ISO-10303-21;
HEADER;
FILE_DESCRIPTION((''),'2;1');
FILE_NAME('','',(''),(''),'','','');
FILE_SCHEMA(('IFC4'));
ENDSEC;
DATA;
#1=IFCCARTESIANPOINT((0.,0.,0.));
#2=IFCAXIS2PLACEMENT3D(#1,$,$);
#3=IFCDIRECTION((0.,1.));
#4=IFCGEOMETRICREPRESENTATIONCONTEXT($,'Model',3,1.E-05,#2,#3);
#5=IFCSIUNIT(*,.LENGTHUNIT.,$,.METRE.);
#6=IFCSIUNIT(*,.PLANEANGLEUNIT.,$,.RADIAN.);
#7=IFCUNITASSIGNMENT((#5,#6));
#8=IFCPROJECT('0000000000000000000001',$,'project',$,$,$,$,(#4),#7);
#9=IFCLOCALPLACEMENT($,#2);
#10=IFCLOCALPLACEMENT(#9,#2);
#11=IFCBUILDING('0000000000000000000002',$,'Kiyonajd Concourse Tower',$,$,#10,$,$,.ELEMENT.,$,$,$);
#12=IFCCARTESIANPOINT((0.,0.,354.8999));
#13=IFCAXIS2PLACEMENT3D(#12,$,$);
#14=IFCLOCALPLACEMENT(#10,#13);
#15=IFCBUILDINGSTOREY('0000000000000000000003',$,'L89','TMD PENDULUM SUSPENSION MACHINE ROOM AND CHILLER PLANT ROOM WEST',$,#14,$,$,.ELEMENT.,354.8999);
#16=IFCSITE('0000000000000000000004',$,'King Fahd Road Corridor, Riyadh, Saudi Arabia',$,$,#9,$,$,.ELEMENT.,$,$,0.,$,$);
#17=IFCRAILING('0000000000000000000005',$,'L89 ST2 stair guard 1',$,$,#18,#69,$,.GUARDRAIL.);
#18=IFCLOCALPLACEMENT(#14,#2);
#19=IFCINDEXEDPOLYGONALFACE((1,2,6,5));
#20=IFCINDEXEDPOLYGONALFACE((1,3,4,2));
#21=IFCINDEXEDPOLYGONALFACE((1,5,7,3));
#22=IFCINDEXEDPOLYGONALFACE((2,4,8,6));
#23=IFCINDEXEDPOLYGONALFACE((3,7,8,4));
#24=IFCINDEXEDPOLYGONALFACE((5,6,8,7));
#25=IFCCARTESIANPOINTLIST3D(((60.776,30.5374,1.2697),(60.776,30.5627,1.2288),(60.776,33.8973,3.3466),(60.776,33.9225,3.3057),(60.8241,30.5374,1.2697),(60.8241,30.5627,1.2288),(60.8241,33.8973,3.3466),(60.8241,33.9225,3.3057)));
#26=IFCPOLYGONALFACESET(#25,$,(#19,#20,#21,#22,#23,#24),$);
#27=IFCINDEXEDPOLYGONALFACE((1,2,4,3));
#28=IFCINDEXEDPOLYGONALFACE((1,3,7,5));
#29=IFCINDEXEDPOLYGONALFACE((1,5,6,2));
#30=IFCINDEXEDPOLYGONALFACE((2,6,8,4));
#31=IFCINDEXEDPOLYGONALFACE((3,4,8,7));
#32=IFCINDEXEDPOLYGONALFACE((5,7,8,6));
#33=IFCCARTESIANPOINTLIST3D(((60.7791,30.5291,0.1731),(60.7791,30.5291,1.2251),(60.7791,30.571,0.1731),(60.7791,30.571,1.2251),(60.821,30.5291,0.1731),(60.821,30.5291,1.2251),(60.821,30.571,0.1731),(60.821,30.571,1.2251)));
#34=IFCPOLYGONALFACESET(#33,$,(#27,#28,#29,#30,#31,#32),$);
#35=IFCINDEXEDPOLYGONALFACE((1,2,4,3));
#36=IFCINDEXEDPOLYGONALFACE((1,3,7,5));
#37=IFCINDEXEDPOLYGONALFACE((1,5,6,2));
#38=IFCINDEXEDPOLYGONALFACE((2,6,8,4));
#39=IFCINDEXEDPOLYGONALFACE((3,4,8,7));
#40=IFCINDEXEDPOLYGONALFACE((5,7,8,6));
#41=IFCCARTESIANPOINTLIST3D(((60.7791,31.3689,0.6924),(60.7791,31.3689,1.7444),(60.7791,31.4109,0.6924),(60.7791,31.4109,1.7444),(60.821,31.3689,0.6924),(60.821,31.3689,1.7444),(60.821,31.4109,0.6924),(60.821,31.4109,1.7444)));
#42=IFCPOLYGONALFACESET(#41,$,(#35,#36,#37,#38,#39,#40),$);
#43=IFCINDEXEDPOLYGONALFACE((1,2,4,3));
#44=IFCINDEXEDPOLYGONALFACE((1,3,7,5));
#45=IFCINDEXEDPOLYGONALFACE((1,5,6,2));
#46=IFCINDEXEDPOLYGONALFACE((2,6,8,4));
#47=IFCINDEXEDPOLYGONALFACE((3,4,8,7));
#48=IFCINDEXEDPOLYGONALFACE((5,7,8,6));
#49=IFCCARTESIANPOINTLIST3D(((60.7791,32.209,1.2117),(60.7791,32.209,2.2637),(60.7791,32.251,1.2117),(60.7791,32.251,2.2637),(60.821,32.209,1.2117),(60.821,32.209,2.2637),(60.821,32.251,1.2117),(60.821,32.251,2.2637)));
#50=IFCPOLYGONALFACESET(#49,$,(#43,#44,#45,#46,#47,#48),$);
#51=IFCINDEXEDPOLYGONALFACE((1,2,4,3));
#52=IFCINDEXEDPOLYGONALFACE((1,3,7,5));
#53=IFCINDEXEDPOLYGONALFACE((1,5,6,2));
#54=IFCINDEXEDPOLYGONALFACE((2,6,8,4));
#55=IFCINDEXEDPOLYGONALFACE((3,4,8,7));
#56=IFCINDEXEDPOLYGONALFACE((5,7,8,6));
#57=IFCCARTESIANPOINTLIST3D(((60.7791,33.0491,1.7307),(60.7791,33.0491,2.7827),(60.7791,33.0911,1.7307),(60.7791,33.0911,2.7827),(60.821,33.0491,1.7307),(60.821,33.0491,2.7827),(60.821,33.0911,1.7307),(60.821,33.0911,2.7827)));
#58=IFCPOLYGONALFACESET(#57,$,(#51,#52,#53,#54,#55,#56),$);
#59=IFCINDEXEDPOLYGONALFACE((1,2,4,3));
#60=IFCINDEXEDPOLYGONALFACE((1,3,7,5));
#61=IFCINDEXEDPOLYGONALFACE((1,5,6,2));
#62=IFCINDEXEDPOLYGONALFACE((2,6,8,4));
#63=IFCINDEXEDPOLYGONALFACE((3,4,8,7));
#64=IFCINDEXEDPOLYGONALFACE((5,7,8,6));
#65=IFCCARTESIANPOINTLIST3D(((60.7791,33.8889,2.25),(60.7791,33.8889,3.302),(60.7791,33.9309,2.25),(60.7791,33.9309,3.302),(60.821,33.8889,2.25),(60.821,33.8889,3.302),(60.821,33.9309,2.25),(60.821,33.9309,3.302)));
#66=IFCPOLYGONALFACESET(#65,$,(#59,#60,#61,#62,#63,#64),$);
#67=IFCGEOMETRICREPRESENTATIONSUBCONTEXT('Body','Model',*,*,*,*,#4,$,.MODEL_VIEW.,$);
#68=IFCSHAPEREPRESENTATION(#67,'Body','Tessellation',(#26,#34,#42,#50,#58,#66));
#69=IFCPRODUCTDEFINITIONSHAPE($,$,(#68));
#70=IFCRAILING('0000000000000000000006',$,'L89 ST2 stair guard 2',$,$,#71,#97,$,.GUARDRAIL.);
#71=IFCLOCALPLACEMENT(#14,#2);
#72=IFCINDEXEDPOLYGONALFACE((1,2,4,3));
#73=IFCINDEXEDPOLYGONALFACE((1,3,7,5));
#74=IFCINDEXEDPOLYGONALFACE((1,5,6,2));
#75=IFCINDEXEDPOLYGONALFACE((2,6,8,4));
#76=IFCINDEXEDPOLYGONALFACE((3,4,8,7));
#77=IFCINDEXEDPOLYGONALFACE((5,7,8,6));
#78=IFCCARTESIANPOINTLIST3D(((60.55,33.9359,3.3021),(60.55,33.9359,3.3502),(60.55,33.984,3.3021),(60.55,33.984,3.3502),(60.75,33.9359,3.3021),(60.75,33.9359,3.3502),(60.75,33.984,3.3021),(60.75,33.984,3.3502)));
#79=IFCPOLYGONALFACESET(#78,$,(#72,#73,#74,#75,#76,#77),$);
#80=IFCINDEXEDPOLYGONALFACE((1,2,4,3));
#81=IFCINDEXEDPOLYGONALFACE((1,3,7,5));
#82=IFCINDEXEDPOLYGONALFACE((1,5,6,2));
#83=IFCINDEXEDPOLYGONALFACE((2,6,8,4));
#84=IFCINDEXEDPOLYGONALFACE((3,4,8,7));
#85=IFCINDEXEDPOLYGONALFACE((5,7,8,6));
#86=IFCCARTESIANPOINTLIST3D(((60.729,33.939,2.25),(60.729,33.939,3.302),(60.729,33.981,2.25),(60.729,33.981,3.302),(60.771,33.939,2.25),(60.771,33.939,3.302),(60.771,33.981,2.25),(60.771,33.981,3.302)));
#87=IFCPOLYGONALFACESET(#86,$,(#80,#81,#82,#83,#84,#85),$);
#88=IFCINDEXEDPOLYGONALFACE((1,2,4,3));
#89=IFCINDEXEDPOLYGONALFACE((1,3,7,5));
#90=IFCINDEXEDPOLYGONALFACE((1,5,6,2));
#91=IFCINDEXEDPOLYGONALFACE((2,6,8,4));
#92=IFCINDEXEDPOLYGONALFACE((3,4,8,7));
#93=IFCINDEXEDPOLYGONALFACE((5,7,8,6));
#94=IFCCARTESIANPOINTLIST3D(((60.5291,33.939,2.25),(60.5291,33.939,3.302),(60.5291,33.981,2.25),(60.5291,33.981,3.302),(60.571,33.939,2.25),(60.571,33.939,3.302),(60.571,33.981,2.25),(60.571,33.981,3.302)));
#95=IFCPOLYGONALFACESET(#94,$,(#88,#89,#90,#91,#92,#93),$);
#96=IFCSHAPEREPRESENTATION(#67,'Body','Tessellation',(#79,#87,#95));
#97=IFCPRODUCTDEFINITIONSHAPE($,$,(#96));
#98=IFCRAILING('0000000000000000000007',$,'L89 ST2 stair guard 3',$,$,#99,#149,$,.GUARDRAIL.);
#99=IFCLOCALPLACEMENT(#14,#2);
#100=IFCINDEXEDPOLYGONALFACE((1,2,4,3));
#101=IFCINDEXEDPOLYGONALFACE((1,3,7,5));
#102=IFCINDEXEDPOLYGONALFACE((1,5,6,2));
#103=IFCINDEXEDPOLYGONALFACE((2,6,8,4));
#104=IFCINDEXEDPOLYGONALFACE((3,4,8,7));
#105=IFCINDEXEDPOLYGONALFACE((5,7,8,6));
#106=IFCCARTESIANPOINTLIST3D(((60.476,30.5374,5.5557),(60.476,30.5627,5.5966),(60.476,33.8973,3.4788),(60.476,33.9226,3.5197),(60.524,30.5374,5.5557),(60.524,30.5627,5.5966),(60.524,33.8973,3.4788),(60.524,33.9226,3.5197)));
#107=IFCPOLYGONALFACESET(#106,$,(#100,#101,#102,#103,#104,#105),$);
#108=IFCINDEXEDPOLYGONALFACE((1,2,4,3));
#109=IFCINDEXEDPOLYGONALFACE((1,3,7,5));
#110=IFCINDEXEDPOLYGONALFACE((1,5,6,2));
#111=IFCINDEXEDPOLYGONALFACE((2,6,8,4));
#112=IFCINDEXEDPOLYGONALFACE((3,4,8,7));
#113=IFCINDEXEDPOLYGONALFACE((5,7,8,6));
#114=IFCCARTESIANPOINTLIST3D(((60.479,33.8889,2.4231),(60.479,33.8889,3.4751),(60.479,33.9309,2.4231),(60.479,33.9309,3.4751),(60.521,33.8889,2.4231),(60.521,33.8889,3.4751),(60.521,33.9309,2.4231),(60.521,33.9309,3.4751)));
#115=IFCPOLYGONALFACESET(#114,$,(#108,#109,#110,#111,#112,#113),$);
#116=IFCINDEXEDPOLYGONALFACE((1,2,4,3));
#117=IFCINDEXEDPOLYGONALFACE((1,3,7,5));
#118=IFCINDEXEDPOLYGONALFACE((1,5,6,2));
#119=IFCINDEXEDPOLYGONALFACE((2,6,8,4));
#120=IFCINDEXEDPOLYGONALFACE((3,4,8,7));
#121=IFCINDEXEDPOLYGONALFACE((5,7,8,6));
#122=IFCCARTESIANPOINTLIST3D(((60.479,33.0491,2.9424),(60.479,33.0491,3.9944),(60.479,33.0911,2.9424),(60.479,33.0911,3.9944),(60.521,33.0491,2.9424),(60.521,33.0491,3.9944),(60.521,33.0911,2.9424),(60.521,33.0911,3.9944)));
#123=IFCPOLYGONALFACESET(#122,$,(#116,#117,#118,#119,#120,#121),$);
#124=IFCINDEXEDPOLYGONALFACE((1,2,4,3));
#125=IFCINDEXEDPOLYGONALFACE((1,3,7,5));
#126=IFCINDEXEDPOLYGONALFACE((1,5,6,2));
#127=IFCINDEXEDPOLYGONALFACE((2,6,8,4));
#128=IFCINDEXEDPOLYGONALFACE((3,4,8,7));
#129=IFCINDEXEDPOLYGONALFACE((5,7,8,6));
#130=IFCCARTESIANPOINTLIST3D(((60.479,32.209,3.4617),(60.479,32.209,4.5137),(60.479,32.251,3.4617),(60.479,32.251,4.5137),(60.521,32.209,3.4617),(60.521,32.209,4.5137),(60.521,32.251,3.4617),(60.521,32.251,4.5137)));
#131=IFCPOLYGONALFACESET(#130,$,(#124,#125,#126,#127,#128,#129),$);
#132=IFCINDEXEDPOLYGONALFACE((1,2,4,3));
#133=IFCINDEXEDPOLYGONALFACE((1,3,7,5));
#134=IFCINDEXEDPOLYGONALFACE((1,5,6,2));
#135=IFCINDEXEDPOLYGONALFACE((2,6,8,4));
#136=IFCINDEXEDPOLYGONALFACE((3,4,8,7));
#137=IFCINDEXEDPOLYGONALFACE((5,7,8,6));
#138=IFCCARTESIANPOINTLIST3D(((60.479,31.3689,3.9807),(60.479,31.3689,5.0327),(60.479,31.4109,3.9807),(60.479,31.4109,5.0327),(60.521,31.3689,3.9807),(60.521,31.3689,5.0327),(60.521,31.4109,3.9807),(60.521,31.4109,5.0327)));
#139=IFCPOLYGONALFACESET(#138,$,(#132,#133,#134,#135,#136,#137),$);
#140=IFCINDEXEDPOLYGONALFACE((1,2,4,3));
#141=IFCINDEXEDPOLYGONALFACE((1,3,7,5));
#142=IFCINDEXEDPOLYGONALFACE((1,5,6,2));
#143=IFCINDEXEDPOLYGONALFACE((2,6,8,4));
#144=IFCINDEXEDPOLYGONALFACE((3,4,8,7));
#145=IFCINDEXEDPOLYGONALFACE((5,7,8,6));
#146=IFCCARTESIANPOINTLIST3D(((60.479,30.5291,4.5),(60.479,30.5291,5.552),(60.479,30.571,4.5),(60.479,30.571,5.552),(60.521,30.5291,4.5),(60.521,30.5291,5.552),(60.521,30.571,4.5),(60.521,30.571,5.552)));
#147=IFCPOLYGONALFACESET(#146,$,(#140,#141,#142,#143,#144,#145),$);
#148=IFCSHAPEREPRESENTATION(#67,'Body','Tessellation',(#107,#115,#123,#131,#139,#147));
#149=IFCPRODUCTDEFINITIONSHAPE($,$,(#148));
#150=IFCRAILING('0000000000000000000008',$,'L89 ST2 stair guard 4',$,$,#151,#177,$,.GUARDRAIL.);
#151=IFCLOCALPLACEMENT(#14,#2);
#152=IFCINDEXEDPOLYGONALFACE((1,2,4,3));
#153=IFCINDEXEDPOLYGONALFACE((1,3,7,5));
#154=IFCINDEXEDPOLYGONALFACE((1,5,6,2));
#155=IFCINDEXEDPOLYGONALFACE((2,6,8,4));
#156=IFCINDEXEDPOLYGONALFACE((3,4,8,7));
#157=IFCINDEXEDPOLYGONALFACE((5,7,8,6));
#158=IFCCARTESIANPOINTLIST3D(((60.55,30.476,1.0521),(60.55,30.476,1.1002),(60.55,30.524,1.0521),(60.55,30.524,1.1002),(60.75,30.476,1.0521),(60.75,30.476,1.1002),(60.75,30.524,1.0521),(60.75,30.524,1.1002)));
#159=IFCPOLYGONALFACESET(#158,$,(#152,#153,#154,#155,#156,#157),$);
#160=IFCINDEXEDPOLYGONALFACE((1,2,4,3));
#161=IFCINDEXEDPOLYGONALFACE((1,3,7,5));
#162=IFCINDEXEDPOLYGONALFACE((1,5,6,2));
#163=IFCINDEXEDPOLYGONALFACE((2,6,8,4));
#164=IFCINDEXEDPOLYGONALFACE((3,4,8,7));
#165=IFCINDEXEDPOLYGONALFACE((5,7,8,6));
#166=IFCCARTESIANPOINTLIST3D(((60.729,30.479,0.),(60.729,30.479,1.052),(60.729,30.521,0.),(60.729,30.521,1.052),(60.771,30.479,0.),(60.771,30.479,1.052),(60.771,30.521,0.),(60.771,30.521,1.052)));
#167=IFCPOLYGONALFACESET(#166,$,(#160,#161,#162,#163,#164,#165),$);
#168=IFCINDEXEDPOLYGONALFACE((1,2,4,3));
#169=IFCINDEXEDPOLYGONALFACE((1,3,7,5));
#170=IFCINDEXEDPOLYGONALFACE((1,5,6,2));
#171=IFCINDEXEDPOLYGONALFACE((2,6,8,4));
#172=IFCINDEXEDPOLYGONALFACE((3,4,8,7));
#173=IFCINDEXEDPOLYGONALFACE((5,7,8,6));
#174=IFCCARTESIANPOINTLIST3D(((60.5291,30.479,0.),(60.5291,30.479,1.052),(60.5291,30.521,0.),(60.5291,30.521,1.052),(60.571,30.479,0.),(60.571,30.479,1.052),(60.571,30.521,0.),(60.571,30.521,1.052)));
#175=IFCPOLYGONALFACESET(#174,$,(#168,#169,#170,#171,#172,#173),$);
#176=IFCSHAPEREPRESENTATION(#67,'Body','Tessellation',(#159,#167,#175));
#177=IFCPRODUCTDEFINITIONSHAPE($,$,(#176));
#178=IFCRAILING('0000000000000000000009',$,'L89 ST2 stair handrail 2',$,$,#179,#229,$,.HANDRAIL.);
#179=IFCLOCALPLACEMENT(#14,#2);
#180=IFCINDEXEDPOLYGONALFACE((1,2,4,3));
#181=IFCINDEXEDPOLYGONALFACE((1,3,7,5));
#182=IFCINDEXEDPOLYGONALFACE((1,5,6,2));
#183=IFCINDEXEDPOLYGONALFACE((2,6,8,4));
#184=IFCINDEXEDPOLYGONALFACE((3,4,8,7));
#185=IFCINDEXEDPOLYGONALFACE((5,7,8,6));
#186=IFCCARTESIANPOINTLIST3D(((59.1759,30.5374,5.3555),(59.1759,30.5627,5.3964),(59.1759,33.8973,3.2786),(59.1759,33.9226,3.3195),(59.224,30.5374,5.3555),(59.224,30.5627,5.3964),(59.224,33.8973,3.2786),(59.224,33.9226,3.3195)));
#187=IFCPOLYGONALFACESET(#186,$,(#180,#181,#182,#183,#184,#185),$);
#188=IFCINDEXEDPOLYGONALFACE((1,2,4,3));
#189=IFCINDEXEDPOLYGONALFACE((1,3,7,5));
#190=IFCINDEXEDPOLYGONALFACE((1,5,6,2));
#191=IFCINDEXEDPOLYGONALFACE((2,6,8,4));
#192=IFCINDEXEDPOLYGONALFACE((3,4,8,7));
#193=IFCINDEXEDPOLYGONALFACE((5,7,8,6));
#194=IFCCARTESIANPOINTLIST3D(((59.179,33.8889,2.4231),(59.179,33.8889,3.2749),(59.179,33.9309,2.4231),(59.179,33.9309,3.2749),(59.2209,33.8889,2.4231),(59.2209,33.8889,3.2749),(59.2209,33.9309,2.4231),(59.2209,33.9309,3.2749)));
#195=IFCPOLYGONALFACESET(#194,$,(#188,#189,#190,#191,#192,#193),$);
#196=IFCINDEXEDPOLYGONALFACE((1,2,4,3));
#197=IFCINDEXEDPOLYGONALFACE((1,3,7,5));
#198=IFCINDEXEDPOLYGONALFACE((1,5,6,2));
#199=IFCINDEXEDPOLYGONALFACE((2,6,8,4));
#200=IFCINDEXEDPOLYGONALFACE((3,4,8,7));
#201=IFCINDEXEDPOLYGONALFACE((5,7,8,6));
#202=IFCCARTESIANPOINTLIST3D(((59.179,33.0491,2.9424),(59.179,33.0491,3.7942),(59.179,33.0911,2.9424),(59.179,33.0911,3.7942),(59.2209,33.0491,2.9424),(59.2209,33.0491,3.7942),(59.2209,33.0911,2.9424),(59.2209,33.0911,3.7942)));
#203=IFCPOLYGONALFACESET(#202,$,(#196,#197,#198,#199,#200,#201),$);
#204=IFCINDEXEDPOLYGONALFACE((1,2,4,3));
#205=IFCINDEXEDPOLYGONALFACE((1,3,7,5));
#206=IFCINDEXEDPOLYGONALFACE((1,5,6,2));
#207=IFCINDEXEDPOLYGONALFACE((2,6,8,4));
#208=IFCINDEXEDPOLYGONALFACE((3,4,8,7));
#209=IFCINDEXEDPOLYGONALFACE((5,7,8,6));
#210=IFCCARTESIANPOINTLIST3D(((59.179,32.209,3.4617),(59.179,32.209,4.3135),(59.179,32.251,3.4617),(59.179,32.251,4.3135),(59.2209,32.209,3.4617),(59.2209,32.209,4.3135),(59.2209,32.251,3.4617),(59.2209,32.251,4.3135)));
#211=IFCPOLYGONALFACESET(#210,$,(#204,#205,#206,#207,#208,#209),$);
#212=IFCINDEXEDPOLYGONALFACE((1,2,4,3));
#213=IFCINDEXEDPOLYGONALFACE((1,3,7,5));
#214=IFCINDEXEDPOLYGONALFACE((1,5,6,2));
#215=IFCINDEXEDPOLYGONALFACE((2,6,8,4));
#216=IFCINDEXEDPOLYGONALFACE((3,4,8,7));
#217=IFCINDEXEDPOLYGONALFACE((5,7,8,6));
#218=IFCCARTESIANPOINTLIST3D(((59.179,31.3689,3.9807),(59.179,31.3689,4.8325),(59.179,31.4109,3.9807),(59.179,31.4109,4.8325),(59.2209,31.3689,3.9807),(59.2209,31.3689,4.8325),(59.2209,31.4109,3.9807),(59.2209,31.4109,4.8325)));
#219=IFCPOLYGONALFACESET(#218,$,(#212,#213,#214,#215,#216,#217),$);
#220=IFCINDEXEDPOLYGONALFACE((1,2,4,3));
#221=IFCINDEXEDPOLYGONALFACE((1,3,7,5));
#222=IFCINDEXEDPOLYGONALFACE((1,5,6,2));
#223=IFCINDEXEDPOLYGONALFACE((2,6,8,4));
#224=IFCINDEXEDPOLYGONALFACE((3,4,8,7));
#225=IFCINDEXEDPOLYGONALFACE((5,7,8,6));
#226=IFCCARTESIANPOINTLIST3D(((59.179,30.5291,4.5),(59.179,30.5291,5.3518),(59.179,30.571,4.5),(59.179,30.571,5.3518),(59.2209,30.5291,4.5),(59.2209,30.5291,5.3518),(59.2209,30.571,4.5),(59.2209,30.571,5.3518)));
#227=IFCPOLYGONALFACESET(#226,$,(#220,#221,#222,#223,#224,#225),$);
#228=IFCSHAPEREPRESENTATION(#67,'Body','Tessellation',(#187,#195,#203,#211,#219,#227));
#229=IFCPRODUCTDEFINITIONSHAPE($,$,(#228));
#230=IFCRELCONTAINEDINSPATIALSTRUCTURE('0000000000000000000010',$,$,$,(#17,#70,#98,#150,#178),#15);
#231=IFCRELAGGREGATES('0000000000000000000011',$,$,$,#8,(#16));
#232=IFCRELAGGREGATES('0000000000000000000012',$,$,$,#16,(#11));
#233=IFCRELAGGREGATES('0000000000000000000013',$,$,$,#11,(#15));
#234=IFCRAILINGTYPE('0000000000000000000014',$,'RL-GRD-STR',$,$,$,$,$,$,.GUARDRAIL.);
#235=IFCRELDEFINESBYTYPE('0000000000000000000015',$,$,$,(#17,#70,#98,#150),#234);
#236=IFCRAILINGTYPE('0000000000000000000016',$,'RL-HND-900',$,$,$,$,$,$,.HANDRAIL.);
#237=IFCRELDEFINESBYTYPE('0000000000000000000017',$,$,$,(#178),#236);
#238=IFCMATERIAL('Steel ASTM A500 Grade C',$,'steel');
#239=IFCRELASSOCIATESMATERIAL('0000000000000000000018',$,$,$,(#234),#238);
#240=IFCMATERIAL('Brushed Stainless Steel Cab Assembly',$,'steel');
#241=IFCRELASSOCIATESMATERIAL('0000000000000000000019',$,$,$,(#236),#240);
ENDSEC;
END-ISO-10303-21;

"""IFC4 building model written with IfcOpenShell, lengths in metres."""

from ifc_helpers import new_model, si_unit, direction, frame, origin, origin_2d, place, context, subcontext, project, spatial, rectangle, extrude, material, type_object, element, save


model = new_model("IFC4")

# Units and contexts
model_context = context("Model", 3, precision=1e-05, world=origin(), true_north=direction((0.0, 1.0)))
body_context = subcontext(model_context, "Body", "Model", "MODEL_VIEW")
ifc_project = project(units=[si_unit("LENGTHUNIT", "METRE"), si_unit("PLANEANGLEUNIT", "RADIAN")], contexts=[model_context])

# Site, building, storey
site_placement = place(None, origin())
site = spatial("IfcSite", under=ifc_project, at=site_placement, Name="King Fahd Road Corridor, Riyadh, Saudi Arabia", CompositionType="ELEMENT", RefElevation=0.0)
building_placement = place(site_placement, origin())
building = spatial("IfcBuilding", under=site, at=building_placement, Name="Kiyonajd Concourse Tower", CompositionType="ELEMENT")
storey_placement = place(building_placement, frame((0.0, 0.0, 354.8999)))
storey = spatial("IfcBuildingStorey", under=building, at=storey_placement, Name="L89", Description="TMD PENDULUM SUSPENSION MACHINE ROOM AND CHILLER PLANT ROOM WEST", CompositionType="ELEMENT", Elevation=354.8999)

# Shared definitions
ifc_material_1 = material(Name="Brushed Stainless Steel Cab Assembly", Category="steel")

# Railings
ifc_material_2 = material(Name="Steel ASTM A500 Grade C", Category="steel")
railing_type_1 = type_object("IfcRailingType", Name="RL-GRD-STR", PredefinedType="GUARDRAIL", material=ifc_material_2)
railing_1_placement = place(storey_placement, frame((60.8, 30.55, 0.1731)))
element("IfcRailing", 1, at=railing_1_placement, inside=storey, type_object=railing_type_1, Name="L89 ST2 stair guard 1", PredefinedType="GUARDRAIL", context=body_context, shape_type="SweptSolid", body=[
    extrude(rectangle(XDim=0.0481, YDim=0.0481, at=origin_2d()), frame((0.0, 0.0, 1.0762), z_axis=(0.0, 0.850606, 0.525803), x_axis=(-1.0, 0.0, 0.0)), (0.0, 0.0, 1.0), 3.95),
    extrude(rectangle(XDim=0.042, YDim=0.042, at=origin_2d()), origin(), (0.0, 0.0, 1.0), 1.052),
    extrude(rectangle(XDim=0.042, YDim=0.042, at=origin_2d()), frame((0.0, 0.8398, 0.5193)), (0.0, 0.0, 1.0), 1.052),
    extrude(rectangle(XDim=0.042, YDim=0.042, at=origin_2d()), frame((0.0, 1.6799, 1.0386)), (0.0, 0.0, 1.0), 1.052),
    extrude(rectangle(XDim=0.042, YDim=0.042, at=origin_2d()), frame((0.0, 2.52, 1.5576)), (0.0, 0.0, 1.0), 1.052),
    extrude(rectangle(XDim=0.042, YDim=0.042, at=origin_2d()), frame((0.0, 3.3599, 2.0769)), (0.0, 0.0, 1.0), 1.052),
])
railing_2_placement = place(storey_placement, frame((60.75, 33.96, 2.25)))
element("IfcRailing", 2, at=railing_2_placement, inside=storey, type_object=railing_type_1, Name="L89 ST2 stair guard 2", PredefinedType="GUARDRAIL", context=body_context, shape_type="SweptSolid", body=[
    extrude(rectangle(XDim=0.0481, YDim=0.0481, at=origin_2d()), frame((0.0, 0.0, 1.0762), z_axis=(-1.0, 0.0, 0.0), x_axis=(0.0, -1.0, 0.0)), (0.0, 0.0, 1.0), 0.2),
    extrude(rectangle(XDim=0.042, YDim=0.042, at=origin_2d()), origin(), (0.0, 0.0, 1.0), 1.052),
    extrude(rectangle(XDim=0.042, YDim=0.042, at=origin_2d()), frame((-0.2, 0.0, 0.0)), (0.0, 0.0, 1.0), 1.052),
])
railing_3_placement = place(storey_placement, frame((60.5, 33.9099, 2.4231)))
element("IfcRailing", 3, at=railing_3_placement, inside=storey, type_object=railing_type_1, Name="L89 ST2 stair guard 3", PredefinedType="GUARDRAIL", context=body_context, shape_type="SweptSolid", body=[
    extrude(rectangle(XDim=0.0481, YDim=0.0481, at=origin_2d()), frame((0.0, 0.0, 1.0762), z_axis=(0.0, -0.850606, 0.525803), x_axis=(1.0, 0.0, 0.0)), (0.0, 0.0, 1.0), 3.95),
    extrude(rectangle(XDim=0.042, YDim=0.042, at=origin_2d()), origin(), (0.0, 0.0, 1.0), 1.052),
    extrude(rectangle(XDim=0.042, YDim=0.042, at=origin_2d()), frame((0.0, -0.8398, 0.5193)), (0.0, 0.0, 1.0), 1.052),
    extrude(rectangle(XDim=0.042, YDim=0.042, at=origin_2d()), frame((0.0, -1.6799, 1.0386)), (0.0, 0.0, 1.0), 1.052),
    extrude(rectangle(XDim=0.042, YDim=0.042, at=origin_2d()), frame((0.0, -2.52, 1.5576)), (0.0, 0.0, 1.0), 1.052),
    extrude(rectangle(XDim=0.042, YDim=0.042, at=origin_2d()), frame((0.0, -3.3599, 2.0769)), (0.0, 0.0, 1.0), 1.052),
])
railing_4_placement = place(storey_placement, frame((60.75, 30.5, 0.0)))
element("IfcRailing", 4, at=railing_4_placement, inside=storey, type_object=railing_type_1, Name="L89 ST2 stair guard 4", PredefinedType="GUARDRAIL", context=body_context, shape_type="SweptSolid", body=[
    extrude(rectangle(XDim=0.0481, YDim=0.0481, at=origin_2d()), frame((0.0, 0.0, 1.0762), z_axis=(-1.0, 0.0, 0.0), x_axis=(0.0, -1.0, 0.0)), (0.0, 0.0, 1.0), 0.2),
    extrude(rectangle(XDim=0.042, YDim=0.042, at=origin_2d()), origin(), (0.0, 0.0, 1.0), 1.052),
    extrude(rectangle(XDim=0.042, YDim=0.042, at=origin_2d()), frame((-0.2, 0.0, 0.0)), (0.0, 0.0, 1.0), 1.052),
])
railing_type_2 = type_object("IfcRailingType", Name="RL-HND-900", PredefinedType="HANDRAIL", material=ifc_material_1)
railing_5_placement = place(storey_placement, frame((59.2, 33.9099, 2.4231)))
element("IfcRailing", 5, at=railing_5_placement, inside=storey, type_object=railing_type_2, Name="L89 ST2 stair handrail 2", PredefinedType="HANDRAIL", context=body_context, shape_type="SweptSolid", body=[
    extrude(rectangle(XDim=0.0481, YDim=0.0481, at=origin_2d()), frame((0.0, 0.0, 0.876), z_axis=(0.0, -0.850606, 0.525803), x_axis=(1.0, 0.0, 0.0)), (0.0, 0.0, 1.0), 3.95),
    extrude(rectangle(XDim=0.042, YDim=0.042, at=origin_2d()), origin(), (0.0, 0.0, 1.0), 0.8518),
    extrude(rectangle(XDim=0.042, YDim=0.042, at=origin_2d()), frame((0.0, -0.8398, 0.5193)), (0.0, 0.0, 1.0), 0.8518),
    extrude(rectangle(XDim=0.042, YDim=0.042, at=origin_2d()), frame((0.0, -1.6799, 1.0386)), (0.0, 0.0, 1.0), 0.8518),
    extrude(rectangle(XDim=0.042, YDim=0.042, at=origin_2d()), frame((0.0, -2.52, 1.5576)), (0.0, 0.0, 1.0), 0.8518),
    extrude(rectangle(XDim=0.042, YDim=0.042, at=origin_2d()), frame((0.0, -3.3599, 2.0769)), (0.0, 0.0, 1.0), 0.8518),
])

save(model, "model.ifc")
